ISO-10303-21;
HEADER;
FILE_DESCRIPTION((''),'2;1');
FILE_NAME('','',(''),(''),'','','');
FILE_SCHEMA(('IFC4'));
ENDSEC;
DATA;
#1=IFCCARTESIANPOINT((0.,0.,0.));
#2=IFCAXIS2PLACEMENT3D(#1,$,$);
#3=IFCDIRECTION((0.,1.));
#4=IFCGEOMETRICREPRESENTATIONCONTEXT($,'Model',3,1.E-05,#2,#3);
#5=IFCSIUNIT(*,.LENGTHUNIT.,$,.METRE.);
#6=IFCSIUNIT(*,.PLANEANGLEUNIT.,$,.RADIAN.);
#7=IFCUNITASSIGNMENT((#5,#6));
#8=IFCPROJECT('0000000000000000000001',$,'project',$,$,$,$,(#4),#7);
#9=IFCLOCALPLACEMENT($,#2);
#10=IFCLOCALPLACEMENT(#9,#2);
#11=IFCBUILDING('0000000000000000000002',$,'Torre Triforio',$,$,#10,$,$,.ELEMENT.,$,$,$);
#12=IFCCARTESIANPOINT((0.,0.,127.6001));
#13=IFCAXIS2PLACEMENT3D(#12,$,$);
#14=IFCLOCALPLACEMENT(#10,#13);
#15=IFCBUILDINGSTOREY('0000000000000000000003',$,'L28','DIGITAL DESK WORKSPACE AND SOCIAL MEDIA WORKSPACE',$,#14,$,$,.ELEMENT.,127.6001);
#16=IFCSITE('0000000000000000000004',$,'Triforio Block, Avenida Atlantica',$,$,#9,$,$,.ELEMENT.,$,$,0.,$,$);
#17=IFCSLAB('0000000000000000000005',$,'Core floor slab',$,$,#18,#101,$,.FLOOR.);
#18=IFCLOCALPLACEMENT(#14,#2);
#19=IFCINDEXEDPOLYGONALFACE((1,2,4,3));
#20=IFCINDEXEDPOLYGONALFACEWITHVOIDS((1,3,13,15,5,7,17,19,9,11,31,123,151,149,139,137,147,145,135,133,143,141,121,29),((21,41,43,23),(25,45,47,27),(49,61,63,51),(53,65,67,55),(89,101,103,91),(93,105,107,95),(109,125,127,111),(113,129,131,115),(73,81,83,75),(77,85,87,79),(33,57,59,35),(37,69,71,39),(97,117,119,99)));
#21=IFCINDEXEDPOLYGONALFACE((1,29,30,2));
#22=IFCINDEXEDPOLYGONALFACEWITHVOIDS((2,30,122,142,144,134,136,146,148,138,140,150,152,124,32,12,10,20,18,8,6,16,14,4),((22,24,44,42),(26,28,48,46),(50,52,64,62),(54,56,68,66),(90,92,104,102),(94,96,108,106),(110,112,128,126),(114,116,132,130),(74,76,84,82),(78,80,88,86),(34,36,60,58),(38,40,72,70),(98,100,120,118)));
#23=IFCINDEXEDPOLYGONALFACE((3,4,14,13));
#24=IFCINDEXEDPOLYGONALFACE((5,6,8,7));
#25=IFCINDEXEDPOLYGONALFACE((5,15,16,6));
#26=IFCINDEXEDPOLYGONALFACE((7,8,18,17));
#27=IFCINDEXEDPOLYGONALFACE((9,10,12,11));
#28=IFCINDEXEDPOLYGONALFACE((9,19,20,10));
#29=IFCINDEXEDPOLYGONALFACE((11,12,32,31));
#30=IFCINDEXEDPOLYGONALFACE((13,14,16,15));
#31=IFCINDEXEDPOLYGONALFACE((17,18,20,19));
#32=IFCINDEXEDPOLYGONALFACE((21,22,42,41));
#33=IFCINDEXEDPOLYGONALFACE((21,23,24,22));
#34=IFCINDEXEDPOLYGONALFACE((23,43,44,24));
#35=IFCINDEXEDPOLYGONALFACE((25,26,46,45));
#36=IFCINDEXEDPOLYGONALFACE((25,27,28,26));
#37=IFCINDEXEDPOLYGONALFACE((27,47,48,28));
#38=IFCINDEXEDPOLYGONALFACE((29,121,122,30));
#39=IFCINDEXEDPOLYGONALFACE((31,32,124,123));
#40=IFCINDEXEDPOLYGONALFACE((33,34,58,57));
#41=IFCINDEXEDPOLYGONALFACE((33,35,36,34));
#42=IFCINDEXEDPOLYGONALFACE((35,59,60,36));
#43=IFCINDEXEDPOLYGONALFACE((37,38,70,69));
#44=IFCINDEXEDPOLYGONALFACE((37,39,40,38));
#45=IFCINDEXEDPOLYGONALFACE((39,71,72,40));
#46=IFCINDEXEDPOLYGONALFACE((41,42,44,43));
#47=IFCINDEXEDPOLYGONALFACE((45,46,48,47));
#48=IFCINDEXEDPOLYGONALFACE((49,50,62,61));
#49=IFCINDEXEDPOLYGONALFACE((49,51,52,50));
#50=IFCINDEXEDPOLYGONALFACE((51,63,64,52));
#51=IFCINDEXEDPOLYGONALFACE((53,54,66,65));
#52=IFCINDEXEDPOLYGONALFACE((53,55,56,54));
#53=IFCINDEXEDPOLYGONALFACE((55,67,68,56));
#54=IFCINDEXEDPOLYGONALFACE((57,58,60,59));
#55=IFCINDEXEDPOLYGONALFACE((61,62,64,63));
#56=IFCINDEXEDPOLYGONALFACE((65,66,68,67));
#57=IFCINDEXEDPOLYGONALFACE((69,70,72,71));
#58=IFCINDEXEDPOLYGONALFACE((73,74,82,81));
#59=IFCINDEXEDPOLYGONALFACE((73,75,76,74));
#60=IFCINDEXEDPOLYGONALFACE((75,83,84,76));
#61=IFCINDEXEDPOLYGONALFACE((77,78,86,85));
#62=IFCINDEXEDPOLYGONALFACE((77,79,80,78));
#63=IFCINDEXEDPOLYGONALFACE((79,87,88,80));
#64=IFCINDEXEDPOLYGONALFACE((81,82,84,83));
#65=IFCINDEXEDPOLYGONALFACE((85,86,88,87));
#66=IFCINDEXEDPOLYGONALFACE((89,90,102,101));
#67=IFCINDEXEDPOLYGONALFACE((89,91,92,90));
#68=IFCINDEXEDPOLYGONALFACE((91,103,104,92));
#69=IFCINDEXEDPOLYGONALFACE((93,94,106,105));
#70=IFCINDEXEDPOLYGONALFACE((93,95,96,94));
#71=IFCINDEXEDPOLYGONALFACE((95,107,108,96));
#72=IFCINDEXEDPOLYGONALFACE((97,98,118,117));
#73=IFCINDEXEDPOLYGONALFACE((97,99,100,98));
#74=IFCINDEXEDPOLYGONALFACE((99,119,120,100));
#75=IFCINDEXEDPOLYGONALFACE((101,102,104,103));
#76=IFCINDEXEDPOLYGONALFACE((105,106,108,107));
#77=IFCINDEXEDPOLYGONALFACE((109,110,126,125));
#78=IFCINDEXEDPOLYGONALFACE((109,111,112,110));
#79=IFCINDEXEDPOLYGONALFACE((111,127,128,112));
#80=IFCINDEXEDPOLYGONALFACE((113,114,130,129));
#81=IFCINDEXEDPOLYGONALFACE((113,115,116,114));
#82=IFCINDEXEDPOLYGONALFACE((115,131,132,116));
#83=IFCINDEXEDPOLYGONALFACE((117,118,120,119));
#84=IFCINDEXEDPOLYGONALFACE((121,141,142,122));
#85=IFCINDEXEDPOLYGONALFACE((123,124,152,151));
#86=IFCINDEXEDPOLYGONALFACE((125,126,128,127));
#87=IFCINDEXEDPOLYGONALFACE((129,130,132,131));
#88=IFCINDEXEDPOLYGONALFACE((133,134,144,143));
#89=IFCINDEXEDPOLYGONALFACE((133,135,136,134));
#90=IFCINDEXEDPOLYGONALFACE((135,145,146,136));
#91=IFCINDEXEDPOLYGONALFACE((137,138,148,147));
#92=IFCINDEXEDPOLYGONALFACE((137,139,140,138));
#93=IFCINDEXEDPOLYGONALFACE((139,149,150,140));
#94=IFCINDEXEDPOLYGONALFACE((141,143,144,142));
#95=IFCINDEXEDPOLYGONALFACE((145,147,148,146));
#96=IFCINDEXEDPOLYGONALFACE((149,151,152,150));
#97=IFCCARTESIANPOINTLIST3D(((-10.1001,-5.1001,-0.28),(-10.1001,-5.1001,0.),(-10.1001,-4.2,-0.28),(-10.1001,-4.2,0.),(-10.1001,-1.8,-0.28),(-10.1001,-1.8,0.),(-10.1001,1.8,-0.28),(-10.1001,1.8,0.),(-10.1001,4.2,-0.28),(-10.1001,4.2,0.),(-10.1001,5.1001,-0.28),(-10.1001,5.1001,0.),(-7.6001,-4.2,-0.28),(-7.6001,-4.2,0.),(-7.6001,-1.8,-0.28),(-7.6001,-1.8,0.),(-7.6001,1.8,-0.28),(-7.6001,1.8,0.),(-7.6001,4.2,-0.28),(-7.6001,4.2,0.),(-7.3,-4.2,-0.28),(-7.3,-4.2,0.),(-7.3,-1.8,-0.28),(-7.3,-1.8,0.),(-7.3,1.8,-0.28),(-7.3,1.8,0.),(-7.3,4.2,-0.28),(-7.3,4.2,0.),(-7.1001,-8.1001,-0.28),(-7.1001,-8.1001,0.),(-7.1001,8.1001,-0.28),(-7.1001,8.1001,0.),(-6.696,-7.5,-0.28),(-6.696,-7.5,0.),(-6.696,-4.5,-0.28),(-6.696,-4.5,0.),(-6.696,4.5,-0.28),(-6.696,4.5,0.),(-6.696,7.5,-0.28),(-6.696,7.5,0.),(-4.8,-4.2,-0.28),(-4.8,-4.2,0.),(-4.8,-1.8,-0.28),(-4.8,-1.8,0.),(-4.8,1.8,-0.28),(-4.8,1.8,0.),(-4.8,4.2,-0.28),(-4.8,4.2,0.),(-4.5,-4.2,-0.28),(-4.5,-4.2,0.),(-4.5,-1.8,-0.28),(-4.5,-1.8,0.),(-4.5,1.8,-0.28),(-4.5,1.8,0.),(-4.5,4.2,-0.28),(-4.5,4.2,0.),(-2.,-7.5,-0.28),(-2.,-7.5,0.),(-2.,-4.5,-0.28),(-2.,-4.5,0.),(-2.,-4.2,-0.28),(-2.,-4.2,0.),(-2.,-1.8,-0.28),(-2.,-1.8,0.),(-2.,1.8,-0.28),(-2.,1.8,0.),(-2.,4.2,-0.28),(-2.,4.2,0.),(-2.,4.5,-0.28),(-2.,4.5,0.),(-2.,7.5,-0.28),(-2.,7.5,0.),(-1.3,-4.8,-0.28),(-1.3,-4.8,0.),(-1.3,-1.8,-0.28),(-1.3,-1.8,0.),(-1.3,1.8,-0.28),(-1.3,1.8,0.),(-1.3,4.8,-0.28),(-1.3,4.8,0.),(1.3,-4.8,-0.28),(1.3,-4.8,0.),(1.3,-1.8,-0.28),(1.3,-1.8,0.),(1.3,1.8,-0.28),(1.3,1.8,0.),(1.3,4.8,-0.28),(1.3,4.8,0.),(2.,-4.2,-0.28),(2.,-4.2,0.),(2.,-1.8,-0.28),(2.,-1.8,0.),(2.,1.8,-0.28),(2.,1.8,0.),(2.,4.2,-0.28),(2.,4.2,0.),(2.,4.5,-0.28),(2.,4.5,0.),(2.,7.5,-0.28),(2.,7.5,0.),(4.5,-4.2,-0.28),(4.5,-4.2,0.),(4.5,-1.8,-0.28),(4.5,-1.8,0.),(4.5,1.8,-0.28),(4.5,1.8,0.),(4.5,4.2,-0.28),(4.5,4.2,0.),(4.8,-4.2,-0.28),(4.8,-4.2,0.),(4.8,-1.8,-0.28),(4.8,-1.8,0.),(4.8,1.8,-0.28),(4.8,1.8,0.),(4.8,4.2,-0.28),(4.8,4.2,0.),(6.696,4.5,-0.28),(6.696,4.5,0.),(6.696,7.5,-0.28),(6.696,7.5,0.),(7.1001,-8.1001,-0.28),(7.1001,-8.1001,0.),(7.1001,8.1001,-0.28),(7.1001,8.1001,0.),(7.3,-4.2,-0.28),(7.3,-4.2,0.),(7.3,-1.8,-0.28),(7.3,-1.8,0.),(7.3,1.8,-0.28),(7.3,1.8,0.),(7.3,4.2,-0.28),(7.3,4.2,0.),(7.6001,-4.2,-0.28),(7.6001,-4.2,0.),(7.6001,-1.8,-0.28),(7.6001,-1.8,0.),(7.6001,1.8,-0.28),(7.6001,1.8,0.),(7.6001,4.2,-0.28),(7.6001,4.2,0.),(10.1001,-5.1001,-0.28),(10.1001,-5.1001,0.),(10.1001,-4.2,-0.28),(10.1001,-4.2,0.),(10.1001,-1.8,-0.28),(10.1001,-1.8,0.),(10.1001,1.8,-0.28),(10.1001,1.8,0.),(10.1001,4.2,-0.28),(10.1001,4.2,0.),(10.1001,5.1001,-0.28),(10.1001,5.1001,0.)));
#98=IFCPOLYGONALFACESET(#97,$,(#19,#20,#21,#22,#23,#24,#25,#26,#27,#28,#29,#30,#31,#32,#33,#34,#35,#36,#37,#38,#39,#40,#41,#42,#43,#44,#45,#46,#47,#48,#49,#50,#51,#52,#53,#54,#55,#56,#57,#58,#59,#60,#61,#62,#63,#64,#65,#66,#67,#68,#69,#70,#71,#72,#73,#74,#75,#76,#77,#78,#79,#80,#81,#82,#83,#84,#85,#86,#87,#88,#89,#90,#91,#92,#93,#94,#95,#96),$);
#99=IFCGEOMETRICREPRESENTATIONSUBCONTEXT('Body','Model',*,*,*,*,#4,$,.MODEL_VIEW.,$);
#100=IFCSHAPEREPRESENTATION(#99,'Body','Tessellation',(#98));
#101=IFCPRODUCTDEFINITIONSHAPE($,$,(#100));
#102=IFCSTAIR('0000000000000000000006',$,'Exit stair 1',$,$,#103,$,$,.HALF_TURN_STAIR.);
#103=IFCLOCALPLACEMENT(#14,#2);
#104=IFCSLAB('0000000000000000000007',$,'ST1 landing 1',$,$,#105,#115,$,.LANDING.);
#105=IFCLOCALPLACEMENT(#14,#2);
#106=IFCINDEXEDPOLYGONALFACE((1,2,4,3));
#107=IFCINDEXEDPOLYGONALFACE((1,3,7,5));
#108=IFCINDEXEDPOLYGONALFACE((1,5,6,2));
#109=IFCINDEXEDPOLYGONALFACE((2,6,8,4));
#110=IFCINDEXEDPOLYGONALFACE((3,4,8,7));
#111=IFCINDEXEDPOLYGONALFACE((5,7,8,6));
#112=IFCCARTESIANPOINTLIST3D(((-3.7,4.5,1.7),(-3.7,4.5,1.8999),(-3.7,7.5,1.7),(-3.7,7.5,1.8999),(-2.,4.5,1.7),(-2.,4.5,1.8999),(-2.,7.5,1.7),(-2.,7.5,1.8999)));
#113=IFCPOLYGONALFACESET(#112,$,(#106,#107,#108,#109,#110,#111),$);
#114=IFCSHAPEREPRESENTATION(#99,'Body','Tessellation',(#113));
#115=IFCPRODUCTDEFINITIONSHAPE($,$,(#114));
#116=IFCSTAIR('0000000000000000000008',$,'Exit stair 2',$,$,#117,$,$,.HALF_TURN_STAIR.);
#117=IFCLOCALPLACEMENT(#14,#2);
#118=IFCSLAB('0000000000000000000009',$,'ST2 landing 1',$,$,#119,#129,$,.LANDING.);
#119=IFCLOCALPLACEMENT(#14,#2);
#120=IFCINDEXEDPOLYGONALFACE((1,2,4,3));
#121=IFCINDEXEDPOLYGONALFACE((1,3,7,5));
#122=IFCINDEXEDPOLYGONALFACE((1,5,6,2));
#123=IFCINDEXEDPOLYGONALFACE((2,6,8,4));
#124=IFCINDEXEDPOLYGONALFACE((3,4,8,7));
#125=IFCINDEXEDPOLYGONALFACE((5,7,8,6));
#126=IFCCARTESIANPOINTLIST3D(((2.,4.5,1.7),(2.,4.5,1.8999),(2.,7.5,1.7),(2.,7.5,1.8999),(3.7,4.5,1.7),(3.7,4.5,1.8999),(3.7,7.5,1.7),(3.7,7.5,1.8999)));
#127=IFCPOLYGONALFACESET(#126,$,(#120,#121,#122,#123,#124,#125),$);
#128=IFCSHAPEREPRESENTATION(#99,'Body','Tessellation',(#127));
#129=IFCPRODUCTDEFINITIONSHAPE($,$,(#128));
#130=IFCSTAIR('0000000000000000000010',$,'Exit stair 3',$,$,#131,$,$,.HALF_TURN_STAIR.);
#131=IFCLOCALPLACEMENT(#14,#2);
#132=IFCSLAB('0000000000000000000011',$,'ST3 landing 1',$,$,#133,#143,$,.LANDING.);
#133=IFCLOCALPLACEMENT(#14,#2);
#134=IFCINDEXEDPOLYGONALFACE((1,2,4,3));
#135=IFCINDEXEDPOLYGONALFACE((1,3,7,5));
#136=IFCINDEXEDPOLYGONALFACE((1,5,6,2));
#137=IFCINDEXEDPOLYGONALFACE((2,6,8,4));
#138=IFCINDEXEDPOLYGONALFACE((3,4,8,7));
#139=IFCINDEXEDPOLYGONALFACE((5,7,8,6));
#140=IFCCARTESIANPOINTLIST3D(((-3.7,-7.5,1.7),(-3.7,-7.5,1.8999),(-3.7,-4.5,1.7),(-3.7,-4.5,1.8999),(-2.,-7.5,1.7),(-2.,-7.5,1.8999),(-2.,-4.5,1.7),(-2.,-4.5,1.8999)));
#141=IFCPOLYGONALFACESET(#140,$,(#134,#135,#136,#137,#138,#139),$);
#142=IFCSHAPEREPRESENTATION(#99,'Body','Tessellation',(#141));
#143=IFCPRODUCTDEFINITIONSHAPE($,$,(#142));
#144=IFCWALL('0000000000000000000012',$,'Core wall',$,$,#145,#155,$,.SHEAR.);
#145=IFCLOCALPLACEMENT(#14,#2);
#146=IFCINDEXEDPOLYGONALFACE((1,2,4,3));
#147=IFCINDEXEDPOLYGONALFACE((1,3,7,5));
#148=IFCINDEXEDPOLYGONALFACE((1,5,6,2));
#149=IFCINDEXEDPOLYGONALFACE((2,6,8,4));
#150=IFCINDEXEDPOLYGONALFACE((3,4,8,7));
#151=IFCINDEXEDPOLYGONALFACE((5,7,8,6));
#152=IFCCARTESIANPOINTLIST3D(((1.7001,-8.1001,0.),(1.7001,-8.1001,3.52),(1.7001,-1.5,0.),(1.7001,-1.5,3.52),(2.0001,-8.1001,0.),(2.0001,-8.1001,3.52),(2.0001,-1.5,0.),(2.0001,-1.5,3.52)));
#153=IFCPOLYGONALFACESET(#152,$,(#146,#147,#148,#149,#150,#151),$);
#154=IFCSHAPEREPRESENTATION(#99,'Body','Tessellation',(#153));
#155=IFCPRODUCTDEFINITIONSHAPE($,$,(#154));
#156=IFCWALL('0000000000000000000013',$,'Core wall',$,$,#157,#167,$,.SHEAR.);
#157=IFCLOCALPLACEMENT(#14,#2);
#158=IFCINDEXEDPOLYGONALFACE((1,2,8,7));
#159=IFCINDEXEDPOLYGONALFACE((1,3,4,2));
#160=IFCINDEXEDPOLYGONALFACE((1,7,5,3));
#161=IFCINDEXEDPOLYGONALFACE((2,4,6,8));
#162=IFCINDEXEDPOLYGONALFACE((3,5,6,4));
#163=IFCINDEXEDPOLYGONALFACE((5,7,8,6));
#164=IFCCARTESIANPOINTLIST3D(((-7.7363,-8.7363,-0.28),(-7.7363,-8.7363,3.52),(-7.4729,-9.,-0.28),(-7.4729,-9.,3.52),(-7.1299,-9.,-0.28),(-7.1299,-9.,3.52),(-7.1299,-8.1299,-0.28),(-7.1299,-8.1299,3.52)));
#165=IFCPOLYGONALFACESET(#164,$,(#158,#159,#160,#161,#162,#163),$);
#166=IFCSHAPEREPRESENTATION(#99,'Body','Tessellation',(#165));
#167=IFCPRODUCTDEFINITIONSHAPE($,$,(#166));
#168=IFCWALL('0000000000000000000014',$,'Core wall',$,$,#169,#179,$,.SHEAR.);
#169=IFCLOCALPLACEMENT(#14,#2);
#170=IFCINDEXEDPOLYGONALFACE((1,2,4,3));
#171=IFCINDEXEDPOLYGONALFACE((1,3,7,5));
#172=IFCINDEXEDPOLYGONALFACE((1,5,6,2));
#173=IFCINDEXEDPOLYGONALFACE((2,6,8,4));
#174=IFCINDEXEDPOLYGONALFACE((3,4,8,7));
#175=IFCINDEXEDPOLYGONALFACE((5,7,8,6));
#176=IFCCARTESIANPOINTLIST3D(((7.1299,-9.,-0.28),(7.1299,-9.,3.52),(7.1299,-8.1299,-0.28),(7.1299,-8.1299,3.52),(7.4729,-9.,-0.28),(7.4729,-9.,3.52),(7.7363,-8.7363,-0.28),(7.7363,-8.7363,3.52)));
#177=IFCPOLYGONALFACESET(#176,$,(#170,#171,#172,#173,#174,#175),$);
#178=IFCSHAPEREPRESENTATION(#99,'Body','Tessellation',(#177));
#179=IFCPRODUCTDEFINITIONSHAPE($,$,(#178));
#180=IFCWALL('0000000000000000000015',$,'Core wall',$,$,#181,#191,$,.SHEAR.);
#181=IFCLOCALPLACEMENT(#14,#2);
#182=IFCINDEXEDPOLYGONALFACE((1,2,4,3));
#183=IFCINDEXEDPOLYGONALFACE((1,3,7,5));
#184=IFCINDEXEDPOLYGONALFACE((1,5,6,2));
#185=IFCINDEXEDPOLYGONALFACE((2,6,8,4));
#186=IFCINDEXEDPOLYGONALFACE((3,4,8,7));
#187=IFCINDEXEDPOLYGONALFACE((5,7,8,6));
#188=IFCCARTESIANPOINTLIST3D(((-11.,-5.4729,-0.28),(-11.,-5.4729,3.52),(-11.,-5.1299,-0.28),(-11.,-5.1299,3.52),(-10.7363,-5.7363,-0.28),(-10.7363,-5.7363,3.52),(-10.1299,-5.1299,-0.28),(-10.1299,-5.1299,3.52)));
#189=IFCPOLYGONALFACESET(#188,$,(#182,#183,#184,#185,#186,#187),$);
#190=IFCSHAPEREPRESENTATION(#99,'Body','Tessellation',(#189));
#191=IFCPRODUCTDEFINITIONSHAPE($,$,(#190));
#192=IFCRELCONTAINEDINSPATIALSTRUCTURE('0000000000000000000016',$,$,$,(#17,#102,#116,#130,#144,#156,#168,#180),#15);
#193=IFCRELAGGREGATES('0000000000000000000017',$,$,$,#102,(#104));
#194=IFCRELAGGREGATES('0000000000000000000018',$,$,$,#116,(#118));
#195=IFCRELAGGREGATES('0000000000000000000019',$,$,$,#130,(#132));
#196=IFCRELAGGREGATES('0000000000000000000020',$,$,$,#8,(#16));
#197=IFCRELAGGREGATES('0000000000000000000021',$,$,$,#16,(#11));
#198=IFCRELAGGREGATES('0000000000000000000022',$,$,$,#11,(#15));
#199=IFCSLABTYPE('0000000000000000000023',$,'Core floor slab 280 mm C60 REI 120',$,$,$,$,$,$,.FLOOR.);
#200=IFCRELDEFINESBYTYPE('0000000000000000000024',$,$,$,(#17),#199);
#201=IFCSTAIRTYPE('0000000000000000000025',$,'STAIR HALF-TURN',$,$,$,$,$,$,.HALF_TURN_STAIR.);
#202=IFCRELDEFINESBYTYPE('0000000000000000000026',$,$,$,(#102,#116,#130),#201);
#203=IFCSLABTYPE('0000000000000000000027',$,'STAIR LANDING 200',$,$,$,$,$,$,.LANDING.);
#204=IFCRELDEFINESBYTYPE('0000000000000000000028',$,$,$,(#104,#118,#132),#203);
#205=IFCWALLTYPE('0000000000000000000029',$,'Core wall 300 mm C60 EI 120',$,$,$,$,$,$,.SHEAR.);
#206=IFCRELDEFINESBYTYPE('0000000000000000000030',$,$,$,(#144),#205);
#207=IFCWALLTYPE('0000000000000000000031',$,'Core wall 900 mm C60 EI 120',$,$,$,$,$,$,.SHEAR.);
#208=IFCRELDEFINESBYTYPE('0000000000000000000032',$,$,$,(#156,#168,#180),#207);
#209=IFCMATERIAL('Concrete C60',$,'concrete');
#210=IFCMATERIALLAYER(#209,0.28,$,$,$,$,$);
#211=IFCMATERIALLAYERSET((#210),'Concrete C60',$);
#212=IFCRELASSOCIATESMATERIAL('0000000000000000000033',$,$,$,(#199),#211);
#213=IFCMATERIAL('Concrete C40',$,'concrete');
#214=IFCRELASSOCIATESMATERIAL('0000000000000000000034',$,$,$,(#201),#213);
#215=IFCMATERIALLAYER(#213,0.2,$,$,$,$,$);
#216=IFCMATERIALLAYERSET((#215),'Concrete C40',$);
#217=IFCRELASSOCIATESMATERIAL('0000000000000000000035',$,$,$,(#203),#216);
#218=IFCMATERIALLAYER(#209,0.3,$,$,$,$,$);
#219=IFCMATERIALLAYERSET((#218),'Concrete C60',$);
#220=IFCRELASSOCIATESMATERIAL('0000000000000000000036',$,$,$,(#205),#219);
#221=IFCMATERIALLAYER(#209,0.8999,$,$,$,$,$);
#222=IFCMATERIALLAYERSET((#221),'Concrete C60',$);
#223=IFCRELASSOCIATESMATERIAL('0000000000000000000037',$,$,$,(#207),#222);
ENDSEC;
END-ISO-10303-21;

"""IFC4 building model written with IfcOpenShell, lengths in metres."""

from ifc_helpers import new_model, si_unit, direction, frame, frame_2d, origin, place, context, subcontext, project, spatial, polyline, rectangle, outline, extrude, material, layer, layer_set, type_object, element, aggregate, save


model = new_model("IFC4")

# Units and contexts
model_context = context("Model", 3, precision=1e-05, world=origin(), true_north=direction((0.0, 1.0)))
body_context = subcontext(model_context, "Body", "Model", "MODEL_VIEW")
ifc_project = project(units=[si_unit("LENGTHUNIT", "METRE"), si_unit("PLANEANGLEUNIT", "RADIAN")], contexts=[model_context])

# Site, building, storey
site_placement = place(None, origin())
site = spatial("IfcSite", under=ifc_project, at=site_placement, Name="Triforio Block, Avenida Atlantica", CompositionType="ELEMENT", RefElevation=0.0)
building_placement = place(site_placement, origin())
building = spatial("IfcBuilding", under=site, at=building_placement, Name="Torre Triforio", CompositionType="ELEMENT")
storey_placement = place(building_placement, frame((0.0, 0.0, 127.6001)))
storey = spatial("IfcBuildingStorey", under=building, at=storey_placement, Name="L28", Description="DIGITAL DESK WORKSPACE AND SOCIAL MEDIA WORKSPACE", CompositionType="ELEMENT", Elevation=127.6001)

# Slab
ifc_material_1 = material(Name="Concrete C60", Category="concrete")
ifc_layer_1 = layer(ifc_material_1, 0.28)
ifc_layer_set_1 = layer_set([ifc_layer_1], Name="Concrete C60")
slab_type_1 = type_object("IfcSlabType", Name="Core floor slab 280 mm C60 REI 120", PredefinedType="FLOOR", material=ifc_layer_set_1)
slab_1_placement = place(storey_placement, frame((0.0, 0.0, -0.28)))
element("IfcSlab", 1, at=slab_1_placement, inside=storey, type_object=slab_type_1, Name="Core floor slab", PredefinedType="FLOOR", context=body_context, shape_type="SweptSolid", body=[
    extrude(outline(polyline([(10.1001, -5.1001), (7.1001, -8.1001), (-7.1001, -8.1001), (-10.1001, -5.1001), (-10.1001, -4.2), (-7.6001, -4.2), (-7.6001, -1.8), (-10.1001, -1.8), (-10.1001, 1.8), (-7.6001, 1.8), (-7.6001, 4.2), (-10.1001, 4.2), (-10.1001, 5.1001), (-7.1001, 8.1001), (7.1001, 8.1001), (10.1001, 5.1001), (10.1001, 4.2), (7.6001, 4.2), (7.6001, 1.8), (10.1001, 1.8), (10.1001, -1.8), (7.6001, -1.8), (7.6001, -4.2), (10.1001, -4.2), (10.1001, -5.1001)]), holes=[polyline([(-2.0, -4.5), (-6.696, -4.5), (-6.696, -7.5), (-2.0, -7.5), (-2.0, -4.5)]), polyline([(-4.8, -1.8), (-7.3, -1.8), (-7.3, -4.2), (-4.8, -4.2), (-4.8, -1.8)]), polyline([(-2.0, -1.8), (-4.5, -1.8), (-4.5, -4.2), (-2.0, -4.2), (-2.0, -1.8)]), polyline([(-4.8, 4.2), (-7.3, 4.2), (-7.3, 1.8), (-4.8, 1.8), (-4.8, 4.2)]), polyline([(-2.0, 4.2), (-4.5, 4.2), (-4.5, 1.8), (-2.0, 1.8), (-2.0, 4.2)]), polyline([(1.3, 4.8), (-1.3, 4.8), (-1.3, 1.8), (1.3, 1.8), (1.3, 4.8)]), polyline([(-2.0, 7.5), (-6.696, 7.5), (-6.696, 4.5), (-2.0, 4.5), (-2.0, 7.5)]), polyline([(1.3, -1.8), (-1.3, -1.8), (-1.3, -4.8), (1.3, -4.8), (1.3, -1.8)]), polyline([(4.5, -1.8), (2.0, -1.8), (2.0, -4.2), (4.5, -4.2), (4.5, -1.8)]), polyline([(7.3, -1.8), (4.8, -1.8), (4.8, -4.2), (7.3, -4.2), (7.3, -1.8)]), polyline([(4.5, 4.2), (2.0, 4.2), (2.0, 1.8), (4.5, 1.8), (4.5, 4.2)]), polyline([(7.3, 4.2), (4.8, 4.2), (4.8, 1.8), (7.3, 1.8), (7.3, 4.2)]), polyline([(6.696, 4.5), (6.696, 7.5), (2.0, 7.5), (2.0, 4.5), (6.696, 4.5)])]), origin(), (0.0, 0.0, 1.0), 0.28),
])

# Stairs, slabs
ifc_material_2 = material(Name="Concrete C40", Category="concrete")
stair_type = type_object("IfcStairType", Name="STAIR HALF-TURN", PredefinedType="HALF_TURN_STAIR", material=ifc_material_2)
stair_1_placement = place(storey_placement, origin())
stair_1 = element("IfcStair", 2, at=stair_1_placement, inside=storey, type_object=stair_type, Name="Exit stair 1", PredefinedType="HALF_TURN_STAIR")
ifc_layer_2 = layer(ifc_material_2, 0.2)
ifc_layer_set_2 = layer_set([ifc_layer_2], Name="Concrete C40")
slab_type_2 = type_object("IfcSlabType", Name="STAIR LANDING 200", PredefinedType="LANDING", material=ifc_layer_set_2)
slab_2_placement = place(storey_placement, frame((0.0, 0.0, 1.7)))
slab_2 = element("IfcSlab", 3, at=slab_2_placement, type_object=slab_type_2, Name="ST1 landing 1", PredefinedType="LANDING", context=body_context, shape_type="SweptSolid", body=[
    extrude(outline(polyline([(-2.0, 4.5), (-2.0, 7.5), (-3.7, 7.5), (-3.7, 4.5), (-2.0, 4.5)])), origin(), (0.0, 0.0, 1.0), 0.2),
])
aggregate(stair_1, [slab_2])
stair_2_placement = place(storey_placement, origin())
stair_2 = element("IfcStair", 4, at=stair_2_placement, inside=storey, type_object=stair_type, Name="Exit stair 2", PredefinedType="HALF_TURN_STAIR")
slab_3_placement = place(storey_placement, frame((0.0, 0.0, 1.7)))
slab_3 = element("IfcSlab", 5, at=slab_3_placement, type_object=slab_type_2, Name="ST2 landing 1", PredefinedType="LANDING", context=body_context, shape_type="SweptSolid", body=[
    extrude(outline(polyline([(3.7, 4.5), (3.7, 7.5), (2.0, 7.5), (2.0, 4.5), (3.7, 4.5)])), origin(), (0.0, 0.0, 1.0), 0.2),
])
aggregate(stair_2, [slab_3])
stair_3_placement = place(storey_placement, origin())
stair_3 = element("IfcStair", 6, at=stair_3_placement, inside=storey, type_object=stair_type, Name="Exit stair 3", PredefinedType="HALF_TURN_STAIR")
slab_4_placement = place(storey_placement, frame((0.0, 0.0, 1.7)))
slab_4 = element("IfcSlab", 7, at=slab_4_placement, type_object=slab_type_2, Name="ST3 landing 1", PredefinedType="LANDING", context=body_context, shape_type="SweptSolid", body=[
    extrude(outline(polyline([(-2.0, -7.5), (-2.0, -4.5), (-3.7, -4.5), (-3.7, -7.5), (-2.0, -7.5)])), origin(), (0.0, 0.0, 1.0), 0.2),
])
aggregate(stair_3, [slab_4])

# Walls
ifc_layer_3 = layer(ifc_material_1, 0.3)
ifc_layer_set_3 = layer_set([ifc_layer_3], Name="Concrete C60")
wall_type_1 = type_object("IfcWallType", Name="Core wall 300 mm C60 EI 120", PredefinedType="SHEAR", material=ifc_layer_set_3)
wall_1_placement = place(storey_placement, frame((1.8501, -8.1001, 0.0), z_axis=(0.0, 0.0, 1.0), x_axis=(0.0, 1.0, 0.0)))
element("IfcWall", 8, at=wall_1_placement, inside=storey, type_object=wall_type_1, Name="Core wall", PredefinedType="SHEAR", context=body_context, shape_type="SweptSolid", body=[
    extrude(rectangle(XDim=6.6001, YDim=0.3, at=frame_2d((3.3, 0.0))), origin(), (0.0, 0.0, 1.0), 3.52),
])
ifc_layer_4 = layer(ifc_material_1, 0.8999)
ifc_layer_set_4 = layer_set([ifc_layer_4], Name="Concrete C60")
wall_type_2 = type_object("IfcWallType", Name="Core wall 900 mm C60 EI 120", PredefinedType="SHEAR", material=ifc_layer_set_4)
wall_2_placement = place(storey_placement, frame((0.0, 0.0, -0.28)))
element("IfcWall", 9, at=wall_2_placement, inside=storey, type_object=wall_type_2, Name="Core wall", PredefinedType="SHEAR", context=body_context, shape_type="SweptSolid", body=[
    extrude(outline(polyline([(-7.4729, -9.0), (-7.7363, -8.7363), (-7.1299, -8.1299), (-7.1299, -9.0), (-7.4729, -9.0)])), origin(), (0.0, 0.0, 1.0), 3.8),
])
wall_3_placement = place(storey_placement, frame((0.0, 0.0, -0.28)))
element("IfcWall", 10, at=wall_3_placement, inside=storey, type_object=wall_type_2, Name="Core wall", PredefinedType="SHEAR", context=body_context, shape_type="SweptSolid", body=[
    extrude(outline(polyline([(7.4729, -9.0), (7.1299, -9.0), (7.1299, -8.1299), (7.7363, -8.7363), (7.4729, -9.0)])), origin(), (0.0, 0.0, 1.0), 3.8),
])
wall_4_placement = place(storey_placement, frame((0.0, 0.0, -0.28)))
element("IfcWall", 11, at=wall_4_placement, inside=storey, type_object=wall_type_2, Name="Core wall", PredefinedType="SHEAR", context=body_context, shape_type="SweptSolid", body=[
    extrude(outline(polyline([(-11.0, -5.4729), (-11.0, -5.1299), (-10.1299, -5.1299), (-10.7363, -5.7363), (-11.0, -5.4729)])), origin(), (0.0, 0.0, 1.0), 3.8),
])

save(model, "model.ifc")
